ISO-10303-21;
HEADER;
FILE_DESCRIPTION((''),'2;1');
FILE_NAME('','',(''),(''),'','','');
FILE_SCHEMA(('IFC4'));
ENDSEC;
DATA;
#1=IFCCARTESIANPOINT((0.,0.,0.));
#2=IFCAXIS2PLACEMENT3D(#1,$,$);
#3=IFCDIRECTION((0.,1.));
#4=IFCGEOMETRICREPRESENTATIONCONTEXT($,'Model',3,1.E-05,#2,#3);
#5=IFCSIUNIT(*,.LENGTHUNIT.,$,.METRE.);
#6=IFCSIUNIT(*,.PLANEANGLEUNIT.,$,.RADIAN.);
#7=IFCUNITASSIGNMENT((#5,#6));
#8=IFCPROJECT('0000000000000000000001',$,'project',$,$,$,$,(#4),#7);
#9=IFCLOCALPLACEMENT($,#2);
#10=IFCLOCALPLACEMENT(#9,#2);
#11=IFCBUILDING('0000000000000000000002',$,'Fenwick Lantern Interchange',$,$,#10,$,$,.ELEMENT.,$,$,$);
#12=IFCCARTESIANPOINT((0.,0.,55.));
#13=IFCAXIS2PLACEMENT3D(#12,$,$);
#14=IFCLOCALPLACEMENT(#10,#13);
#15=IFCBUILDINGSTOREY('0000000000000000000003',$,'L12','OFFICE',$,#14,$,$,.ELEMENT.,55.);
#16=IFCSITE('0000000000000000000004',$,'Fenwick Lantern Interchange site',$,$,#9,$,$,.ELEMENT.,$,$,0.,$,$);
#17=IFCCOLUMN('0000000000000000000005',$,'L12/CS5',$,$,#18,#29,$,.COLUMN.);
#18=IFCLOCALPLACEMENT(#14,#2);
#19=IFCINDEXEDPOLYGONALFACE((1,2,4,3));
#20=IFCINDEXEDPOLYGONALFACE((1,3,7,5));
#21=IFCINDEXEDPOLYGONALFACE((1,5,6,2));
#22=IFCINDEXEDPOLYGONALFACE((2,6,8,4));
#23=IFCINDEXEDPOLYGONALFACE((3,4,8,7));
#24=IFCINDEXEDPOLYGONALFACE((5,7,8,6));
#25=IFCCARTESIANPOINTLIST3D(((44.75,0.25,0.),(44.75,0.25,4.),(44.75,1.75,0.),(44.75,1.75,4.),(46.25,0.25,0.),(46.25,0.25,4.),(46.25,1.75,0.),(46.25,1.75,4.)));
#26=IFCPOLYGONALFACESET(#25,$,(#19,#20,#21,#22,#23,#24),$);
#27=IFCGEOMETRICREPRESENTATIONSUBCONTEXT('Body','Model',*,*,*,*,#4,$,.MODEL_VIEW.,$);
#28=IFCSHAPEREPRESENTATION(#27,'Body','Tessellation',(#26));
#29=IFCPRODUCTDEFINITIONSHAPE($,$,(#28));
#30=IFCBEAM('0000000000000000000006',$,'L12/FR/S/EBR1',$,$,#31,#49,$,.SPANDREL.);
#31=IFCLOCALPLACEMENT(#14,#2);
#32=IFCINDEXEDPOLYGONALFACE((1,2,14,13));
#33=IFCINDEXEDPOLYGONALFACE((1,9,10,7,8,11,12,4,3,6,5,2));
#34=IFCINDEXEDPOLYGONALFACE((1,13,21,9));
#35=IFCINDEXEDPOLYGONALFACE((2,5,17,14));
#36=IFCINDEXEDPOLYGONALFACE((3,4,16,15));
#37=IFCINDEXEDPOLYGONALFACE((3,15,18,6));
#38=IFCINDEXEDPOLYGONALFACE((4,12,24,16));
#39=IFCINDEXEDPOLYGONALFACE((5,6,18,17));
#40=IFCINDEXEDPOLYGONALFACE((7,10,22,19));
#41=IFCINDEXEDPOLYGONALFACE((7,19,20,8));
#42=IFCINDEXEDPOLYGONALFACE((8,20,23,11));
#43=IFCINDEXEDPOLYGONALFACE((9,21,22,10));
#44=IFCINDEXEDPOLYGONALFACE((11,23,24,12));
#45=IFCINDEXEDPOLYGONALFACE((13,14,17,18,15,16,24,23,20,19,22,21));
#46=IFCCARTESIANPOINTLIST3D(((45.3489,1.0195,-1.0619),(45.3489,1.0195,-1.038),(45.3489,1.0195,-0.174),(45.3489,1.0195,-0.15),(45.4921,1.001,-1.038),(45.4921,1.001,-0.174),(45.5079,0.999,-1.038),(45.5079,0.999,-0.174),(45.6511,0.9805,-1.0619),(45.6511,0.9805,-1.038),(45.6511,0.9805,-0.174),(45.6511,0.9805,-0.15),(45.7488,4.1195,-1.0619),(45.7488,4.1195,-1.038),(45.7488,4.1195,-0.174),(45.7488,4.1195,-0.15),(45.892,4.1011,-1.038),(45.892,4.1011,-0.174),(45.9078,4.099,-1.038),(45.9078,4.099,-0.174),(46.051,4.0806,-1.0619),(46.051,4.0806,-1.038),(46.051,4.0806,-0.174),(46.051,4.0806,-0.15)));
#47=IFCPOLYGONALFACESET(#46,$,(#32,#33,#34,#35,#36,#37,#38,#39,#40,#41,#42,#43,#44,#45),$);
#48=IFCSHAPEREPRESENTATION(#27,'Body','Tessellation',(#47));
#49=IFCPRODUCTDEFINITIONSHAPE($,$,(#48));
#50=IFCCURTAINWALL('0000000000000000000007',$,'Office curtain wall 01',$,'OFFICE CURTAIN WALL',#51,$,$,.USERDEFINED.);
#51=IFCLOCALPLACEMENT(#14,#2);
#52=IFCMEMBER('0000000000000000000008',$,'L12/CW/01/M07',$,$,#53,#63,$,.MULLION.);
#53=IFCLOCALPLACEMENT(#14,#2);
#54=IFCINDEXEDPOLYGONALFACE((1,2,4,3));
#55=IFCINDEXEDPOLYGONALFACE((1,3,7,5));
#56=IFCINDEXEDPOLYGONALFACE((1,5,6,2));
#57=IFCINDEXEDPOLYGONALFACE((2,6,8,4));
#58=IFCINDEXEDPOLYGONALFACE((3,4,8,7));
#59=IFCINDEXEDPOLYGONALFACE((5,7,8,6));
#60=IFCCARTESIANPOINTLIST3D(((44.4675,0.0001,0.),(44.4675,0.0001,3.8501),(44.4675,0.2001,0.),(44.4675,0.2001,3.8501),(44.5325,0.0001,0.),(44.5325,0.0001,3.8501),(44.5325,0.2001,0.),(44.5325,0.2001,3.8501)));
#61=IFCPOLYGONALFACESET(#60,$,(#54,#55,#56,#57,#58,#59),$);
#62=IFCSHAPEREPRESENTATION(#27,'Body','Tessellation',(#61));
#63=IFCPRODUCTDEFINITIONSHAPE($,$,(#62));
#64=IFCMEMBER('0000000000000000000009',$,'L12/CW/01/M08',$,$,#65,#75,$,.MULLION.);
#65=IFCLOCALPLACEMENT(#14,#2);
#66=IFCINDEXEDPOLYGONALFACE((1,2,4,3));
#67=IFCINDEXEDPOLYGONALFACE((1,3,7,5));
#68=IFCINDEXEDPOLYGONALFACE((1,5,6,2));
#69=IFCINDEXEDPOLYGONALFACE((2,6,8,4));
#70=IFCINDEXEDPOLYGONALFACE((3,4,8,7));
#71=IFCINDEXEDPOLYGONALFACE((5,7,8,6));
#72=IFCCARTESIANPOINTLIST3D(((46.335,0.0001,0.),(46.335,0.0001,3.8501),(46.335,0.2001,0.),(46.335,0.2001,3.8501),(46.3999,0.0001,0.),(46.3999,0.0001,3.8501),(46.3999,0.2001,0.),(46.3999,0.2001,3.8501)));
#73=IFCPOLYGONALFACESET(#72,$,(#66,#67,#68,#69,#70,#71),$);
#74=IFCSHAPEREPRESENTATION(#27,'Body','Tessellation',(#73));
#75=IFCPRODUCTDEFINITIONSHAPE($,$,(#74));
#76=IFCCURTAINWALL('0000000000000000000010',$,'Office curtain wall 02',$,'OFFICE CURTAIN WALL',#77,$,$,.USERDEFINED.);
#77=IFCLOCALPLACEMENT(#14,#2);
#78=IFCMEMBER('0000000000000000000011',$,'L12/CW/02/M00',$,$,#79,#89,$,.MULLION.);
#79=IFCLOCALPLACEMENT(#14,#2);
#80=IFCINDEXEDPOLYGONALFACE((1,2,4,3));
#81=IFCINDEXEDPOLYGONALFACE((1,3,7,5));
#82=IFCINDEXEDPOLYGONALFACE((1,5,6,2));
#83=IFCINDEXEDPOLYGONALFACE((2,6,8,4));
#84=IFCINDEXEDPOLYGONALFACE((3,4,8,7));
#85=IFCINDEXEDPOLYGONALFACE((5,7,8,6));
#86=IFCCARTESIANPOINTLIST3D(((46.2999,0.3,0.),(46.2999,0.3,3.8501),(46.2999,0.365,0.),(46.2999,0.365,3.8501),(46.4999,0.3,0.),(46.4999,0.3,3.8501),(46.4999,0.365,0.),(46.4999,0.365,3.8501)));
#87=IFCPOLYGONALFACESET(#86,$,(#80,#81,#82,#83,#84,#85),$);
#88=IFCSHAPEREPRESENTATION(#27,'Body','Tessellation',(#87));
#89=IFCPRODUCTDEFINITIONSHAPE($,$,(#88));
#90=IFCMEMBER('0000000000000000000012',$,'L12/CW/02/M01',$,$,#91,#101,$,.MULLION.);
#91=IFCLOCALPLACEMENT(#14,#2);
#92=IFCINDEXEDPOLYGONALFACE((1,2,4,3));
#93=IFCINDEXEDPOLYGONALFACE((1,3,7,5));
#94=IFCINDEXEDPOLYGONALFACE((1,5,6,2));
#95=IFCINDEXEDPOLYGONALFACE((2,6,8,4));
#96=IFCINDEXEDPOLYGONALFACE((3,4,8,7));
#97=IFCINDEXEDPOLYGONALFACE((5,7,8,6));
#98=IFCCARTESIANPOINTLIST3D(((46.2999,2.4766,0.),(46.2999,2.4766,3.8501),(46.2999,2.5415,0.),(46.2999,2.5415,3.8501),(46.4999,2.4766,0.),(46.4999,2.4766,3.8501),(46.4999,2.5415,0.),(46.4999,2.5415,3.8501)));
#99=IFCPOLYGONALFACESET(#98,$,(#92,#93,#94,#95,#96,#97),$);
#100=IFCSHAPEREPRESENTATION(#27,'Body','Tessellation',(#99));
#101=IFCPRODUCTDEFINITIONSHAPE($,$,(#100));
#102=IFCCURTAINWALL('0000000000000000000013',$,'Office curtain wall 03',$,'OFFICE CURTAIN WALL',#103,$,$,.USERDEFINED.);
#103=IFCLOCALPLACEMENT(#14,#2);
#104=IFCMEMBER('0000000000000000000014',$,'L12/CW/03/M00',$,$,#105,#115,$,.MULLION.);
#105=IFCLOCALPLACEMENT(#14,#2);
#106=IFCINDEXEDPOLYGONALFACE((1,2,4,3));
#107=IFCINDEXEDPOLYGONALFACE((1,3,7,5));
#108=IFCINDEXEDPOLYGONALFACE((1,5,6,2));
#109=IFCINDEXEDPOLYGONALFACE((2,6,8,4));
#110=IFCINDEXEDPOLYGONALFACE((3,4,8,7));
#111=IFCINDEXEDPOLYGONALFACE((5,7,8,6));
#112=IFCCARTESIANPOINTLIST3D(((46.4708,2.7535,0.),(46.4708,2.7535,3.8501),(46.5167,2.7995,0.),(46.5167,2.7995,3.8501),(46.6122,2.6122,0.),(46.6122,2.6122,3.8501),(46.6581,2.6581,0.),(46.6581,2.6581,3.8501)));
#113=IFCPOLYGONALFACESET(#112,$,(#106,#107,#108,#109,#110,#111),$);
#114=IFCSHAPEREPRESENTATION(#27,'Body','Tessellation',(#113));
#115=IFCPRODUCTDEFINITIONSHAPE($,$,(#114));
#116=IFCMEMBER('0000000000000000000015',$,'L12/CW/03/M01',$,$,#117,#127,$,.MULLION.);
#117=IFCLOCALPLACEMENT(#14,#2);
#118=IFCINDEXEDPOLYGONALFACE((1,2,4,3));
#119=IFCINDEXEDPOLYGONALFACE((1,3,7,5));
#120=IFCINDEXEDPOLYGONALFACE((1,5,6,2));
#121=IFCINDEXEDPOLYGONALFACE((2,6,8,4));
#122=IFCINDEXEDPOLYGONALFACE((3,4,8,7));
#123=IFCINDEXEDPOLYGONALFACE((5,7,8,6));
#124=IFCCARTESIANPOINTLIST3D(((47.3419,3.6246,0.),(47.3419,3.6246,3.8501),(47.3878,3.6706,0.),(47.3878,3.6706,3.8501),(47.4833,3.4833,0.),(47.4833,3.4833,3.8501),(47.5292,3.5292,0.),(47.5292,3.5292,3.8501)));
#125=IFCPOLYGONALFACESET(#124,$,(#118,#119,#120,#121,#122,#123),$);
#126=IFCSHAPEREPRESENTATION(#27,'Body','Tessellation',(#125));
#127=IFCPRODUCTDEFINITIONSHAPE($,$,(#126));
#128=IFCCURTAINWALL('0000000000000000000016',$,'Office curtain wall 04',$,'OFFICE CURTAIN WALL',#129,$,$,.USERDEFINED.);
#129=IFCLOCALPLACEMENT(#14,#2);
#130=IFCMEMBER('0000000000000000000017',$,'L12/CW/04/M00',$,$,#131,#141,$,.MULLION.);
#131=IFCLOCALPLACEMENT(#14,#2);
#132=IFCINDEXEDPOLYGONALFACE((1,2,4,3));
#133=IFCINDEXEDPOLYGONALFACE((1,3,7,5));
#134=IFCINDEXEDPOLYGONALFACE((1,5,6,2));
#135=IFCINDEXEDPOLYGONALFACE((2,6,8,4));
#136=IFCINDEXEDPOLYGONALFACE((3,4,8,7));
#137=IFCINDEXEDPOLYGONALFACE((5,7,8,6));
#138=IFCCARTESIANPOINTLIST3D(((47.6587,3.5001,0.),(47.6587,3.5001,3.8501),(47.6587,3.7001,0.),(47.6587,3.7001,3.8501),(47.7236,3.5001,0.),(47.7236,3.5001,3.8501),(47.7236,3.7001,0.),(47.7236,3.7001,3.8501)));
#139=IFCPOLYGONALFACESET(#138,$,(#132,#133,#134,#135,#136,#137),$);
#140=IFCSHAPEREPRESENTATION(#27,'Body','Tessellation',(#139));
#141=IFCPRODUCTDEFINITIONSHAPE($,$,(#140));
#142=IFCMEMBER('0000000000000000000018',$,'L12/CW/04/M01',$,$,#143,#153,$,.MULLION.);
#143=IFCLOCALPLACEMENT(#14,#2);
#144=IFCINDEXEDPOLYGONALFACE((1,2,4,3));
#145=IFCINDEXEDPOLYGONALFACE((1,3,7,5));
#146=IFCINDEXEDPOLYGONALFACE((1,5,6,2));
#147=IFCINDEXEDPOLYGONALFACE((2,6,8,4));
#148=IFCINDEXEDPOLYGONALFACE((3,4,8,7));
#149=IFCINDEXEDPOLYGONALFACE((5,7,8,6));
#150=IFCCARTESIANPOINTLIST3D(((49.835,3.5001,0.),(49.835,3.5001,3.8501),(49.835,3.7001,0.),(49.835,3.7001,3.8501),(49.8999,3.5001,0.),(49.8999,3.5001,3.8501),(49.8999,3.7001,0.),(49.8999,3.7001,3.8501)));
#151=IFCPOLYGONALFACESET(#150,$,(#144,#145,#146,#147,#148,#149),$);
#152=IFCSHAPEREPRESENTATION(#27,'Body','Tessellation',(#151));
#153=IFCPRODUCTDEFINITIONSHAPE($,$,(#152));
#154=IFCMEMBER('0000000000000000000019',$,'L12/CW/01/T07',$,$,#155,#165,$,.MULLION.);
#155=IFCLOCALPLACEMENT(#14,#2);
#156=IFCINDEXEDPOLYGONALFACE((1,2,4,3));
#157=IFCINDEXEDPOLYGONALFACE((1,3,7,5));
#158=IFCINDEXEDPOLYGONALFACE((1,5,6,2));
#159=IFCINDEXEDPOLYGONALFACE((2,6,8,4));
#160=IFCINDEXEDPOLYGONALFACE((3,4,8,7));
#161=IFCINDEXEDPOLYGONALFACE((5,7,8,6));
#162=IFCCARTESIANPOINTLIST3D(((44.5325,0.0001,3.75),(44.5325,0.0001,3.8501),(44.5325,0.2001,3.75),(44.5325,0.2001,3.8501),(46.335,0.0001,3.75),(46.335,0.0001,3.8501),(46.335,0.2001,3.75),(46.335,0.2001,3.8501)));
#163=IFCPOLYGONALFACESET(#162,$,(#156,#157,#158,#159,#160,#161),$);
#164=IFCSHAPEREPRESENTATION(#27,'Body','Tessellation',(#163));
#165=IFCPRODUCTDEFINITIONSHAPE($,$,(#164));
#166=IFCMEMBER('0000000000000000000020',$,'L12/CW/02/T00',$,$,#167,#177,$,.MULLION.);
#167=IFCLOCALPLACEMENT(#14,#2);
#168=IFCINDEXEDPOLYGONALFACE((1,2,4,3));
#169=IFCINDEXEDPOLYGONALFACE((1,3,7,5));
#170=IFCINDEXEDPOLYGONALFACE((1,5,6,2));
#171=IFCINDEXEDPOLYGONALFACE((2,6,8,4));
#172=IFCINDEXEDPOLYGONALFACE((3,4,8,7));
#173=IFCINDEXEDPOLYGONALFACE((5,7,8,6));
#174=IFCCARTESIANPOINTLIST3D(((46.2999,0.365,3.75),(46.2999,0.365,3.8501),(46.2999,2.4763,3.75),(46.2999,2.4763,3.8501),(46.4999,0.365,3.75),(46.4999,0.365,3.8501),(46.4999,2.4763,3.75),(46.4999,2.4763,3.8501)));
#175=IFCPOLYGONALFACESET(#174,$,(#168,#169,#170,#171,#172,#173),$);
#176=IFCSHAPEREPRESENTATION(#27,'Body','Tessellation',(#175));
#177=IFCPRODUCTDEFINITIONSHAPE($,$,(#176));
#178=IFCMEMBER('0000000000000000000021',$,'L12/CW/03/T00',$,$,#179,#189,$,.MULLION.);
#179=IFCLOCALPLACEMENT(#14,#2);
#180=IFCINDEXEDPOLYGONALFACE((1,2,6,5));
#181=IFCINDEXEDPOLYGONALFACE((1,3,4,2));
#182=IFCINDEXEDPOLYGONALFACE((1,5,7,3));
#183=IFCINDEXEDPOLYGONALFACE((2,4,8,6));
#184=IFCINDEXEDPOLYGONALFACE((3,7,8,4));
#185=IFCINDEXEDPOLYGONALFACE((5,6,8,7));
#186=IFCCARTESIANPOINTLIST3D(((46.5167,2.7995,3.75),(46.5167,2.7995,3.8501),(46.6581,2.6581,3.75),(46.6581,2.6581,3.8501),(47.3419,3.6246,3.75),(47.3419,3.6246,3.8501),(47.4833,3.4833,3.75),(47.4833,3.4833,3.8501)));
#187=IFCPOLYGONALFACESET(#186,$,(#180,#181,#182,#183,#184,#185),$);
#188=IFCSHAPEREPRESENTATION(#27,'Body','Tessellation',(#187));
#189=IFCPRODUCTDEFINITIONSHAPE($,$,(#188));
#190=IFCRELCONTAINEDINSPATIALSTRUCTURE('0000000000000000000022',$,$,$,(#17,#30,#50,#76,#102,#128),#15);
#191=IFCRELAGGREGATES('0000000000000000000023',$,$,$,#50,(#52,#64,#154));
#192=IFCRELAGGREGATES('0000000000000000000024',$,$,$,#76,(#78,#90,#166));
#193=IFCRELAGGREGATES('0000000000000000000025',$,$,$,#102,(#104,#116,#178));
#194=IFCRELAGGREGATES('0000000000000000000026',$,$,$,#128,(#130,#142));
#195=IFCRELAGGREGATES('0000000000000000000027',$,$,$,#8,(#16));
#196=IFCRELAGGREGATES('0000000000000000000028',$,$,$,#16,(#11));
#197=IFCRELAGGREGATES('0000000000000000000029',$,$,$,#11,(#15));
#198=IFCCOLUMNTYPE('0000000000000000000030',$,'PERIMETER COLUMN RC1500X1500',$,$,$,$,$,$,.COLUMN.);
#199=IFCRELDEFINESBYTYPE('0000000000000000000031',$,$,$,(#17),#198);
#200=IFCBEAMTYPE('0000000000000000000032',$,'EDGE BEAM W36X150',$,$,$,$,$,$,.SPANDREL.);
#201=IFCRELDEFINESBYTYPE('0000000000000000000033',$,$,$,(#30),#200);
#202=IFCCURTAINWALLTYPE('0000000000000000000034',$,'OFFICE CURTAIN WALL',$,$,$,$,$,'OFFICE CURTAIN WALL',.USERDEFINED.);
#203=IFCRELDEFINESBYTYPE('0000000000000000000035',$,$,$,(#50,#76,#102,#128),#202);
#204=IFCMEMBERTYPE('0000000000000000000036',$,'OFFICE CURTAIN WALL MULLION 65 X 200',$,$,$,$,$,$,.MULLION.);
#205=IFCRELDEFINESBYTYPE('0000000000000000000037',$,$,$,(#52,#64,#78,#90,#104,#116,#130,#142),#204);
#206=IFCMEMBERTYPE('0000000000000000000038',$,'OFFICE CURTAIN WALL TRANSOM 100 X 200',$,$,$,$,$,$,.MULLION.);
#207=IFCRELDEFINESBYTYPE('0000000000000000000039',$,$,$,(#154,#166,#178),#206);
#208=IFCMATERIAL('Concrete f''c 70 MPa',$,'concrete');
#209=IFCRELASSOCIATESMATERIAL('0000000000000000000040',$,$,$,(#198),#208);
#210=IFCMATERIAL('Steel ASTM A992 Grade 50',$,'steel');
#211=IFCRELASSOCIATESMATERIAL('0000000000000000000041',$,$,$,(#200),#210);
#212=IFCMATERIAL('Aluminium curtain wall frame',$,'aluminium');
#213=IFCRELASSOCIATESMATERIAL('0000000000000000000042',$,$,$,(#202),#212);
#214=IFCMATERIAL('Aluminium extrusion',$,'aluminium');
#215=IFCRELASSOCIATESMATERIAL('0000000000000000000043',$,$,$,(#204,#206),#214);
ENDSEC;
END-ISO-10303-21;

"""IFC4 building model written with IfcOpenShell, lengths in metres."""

from ifc_helpers import new_model, si_unit, direction, frame, origin, origin_2d, place, context, subcontext, project, spatial, rectangle, i_section, extrude, material, material_profile, profile_set, type_object, element, aggregate, save


model = new_model("IFC4")

# Units and contexts
model_context = context("Model", 3, precision=1e-05, world=origin(), true_north=direction((0.0, 1.0)))
body_context = subcontext(model_context, "Body", "Model", "MODEL_VIEW")
ifc_project = project(units=[si_unit("LENGTHUNIT", "METRE"), si_unit("PLANEANGLEUNIT", "RADIAN")], contexts=[model_context])

# Site, building, storey
site_placement = place(None, origin())
site = spatial("IfcSite", under=ifc_project, at=site_placement, Name="Fenwick Lantern Interchange site", CompositionType="ELEMENT", RefElevation=0.0)
building_placement = place(site_placement, origin())
building = spatial("IfcBuilding", under=site, at=building_placement, Name="Fenwick Lantern Interchange", CompositionType="ELEMENT")
storey_placement = place(building_placement, frame((0.0, 0.0, 55.0)))
storey = spatial("IfcBuildingStorey", under=building, at=storey_placement, Name="L12", Description="OFFICE", CompositionType="ELEMENT", Elevation=55.0)

# Column
ifc_material_1 = material(Name="Concrete f'c 70 MPa", Category="concrete")
ifc_material_profile_1 = material_profile(ifc_material_1, rectangle(XDim=1.5, YDim=1.5, at=origin_2d()), Name="RC1500X1500")
ifc_profile_set_1 = profile_set([ifc_material_profile_1], Name="Concrete f'c 70 MPa")
column_type = type_object("IfcColumnType", Name="PERIMETER COLUMN RC1500X1500", PredefinedType="COLUMN", material=ifc_profile_set_1)
column_placement = place(storey_placement, frame((45.5, 1.0, 0.0), z_axis=(0.0, 0.0, 1.0), x_axis=(1.0, 0.0, 0.0)))
element("IfcColumn", 1, at=column_placement, inside=storey, type_object=column_type, Name="L12/CS5", PredefinedType="COLUMN", context=body_context, shape_type="SweptSolid", body=[
    extrude(rectangle(XDim=1.5, YDim=1.5, at=origin_2d()), origin(), (0.0, 0.0, 1.0), 4.0),
])

# Beam
ifc_material_2 = material(Name="Steel ASTM A992 Grade 50", Category="steel")
ifc_material_profile_2 = material_profile(ifc_material_2, i_section(OverallWidth=0.3047, OverallDepth=0.9119, WebThickness=0.0159, FlangeThickness=0.0239, at=origin_2d()), Name="W36X150")
ifc_profile_set_2 = profile_set([ifc_material_profile_2], Name="Steel ASTM A992 Grade 50")
beam_type = type_object("IfcBeamType", Name="EDGE BEAM W36X150", PredefinedType="SPANDREL", material=ifc_profile_set_2)
beam_placement = place(storey_placement, frame((45.5, 1.0, -0.606), z_axis=(0.127937, 0.991782, 0.0), x_axis=(-0.991782, 0.127937, 0.0)))
element("IfcBeam", 2, at=beam_placement, inside=storey, type_object=beam_type, Name="L12/FR/S/EBR1", PredefinedType="SPANDREL", context=body_context, shape_type="SweptSolid", body=[
    extrude(i_section(OverallWidth=0.3047, OverallDepth=0.9119, WebThickness=0.0159, FlangeThickness=0.0239, at=origin_2d()), origin(), (0.0, 0.0, 1.0), 3.1257),
])

# Curtain walls, members
ifc_material_3 = material(Name="Aluminium curtain wall frame", Category="aluminium")
curtain_wall_type = type_object("IfcCurtainWallType", Name="OFFICE CURTAIN WALL", ElementType="OFFICE CURTAIN WALL", PredefinedType="USERDEFINED", material=ifc_material_3)
curtain_wall_1_placement = place(storey_placement, origin())
curtain_wall_1 = element("IfcCurtainWall", 3, at=curtain_wall_1_placement, inside=storey, type_object=curtain_wall_type, Name="Office curtain wall 01", ObjectType="OFFICE CURTAIN WALL", PredefinedType="USERDEFINED")
ifc_material_4 = material(Name="Aluminium extrusion", Category="aluminium")
ifc_material_profile_3 = material_profile(ifc_material_4, rectangle(XDim=0.2, YDim=0.0649, at=origin_2d()), Name="OFFICE CURTAIN WALL MULLION 65 X 200")
ifc_profile_set_3 = profile_set([ifc_material_profile_3], Name="Aluminium extrusion")
member_type_1 = type_object("IfcMemberType", Name="OFFICE CURTAIN WALL MULLION 65 X 200", PredefinedType="MULLION", material=ifc_profile_set_3)
member_1_placement = place(storey_placement, frame((44.5, 0.1001, 0.0), z_axis=(0.0, 0.0, 1.0), x_axis=(0.0, 1.0, 0.0)))
member_1 = element("IfcMember", 4, at=member_1_placement, type_object=member_type_1, Name="L12/CW/01/M07", PredefinedType="MULLION", context=body_context, shape_type="SweptSolid", body=[
    extrude(rectangle(XDim=0.2, YDim=0.0649, at=origin_2d()), origin(), (0.0, 0.0, 1.0), 3.8501),
])
member_2_placement = place(storey_placement, frame((46.3674, 0.1001, 0.0), z_axis=(0.0, 0.0, 1.0), x_axis=(0.0, 1.0, 0.0)))
member_2 = element("IfcMember", 5, at=member_2_placement, type_object=member_type_1, Name="L12/CW/01/M08", PredefinedType="MULLION", context=body_context, shape_type="SweptSolid", body=[
    extrude(rectangle(XDim=0.2, YDim=0.0649, at=origin_2d()), origin(), (0.0, 0.0, 1.0), 3.8501),
])
curtain_wall_2_placement = place(storey_placement, origin())
curtain_wall_2 = element("IfcCurtainWall", 6, at=curtain_wall_2_placement, inside=storey, type_object=curtain_wall_type, Name="Office curtain wall 02", ObjectType="OFFICE CURTAIN WALL", PredefinedType="USERDEFINED")
member_3_placement = place(storey_placement, frame((46.3999, 0.3325, 0.0), z_axis=(0.0, 0.0, 1.0), x_axis=(-1.0, 0.0, 0.0)))
member_3 = element("IfcMember", 7, at=member_3_placement, type_object=member_type_1, Name="L12/CW/02/M00", PredefinedType="MULLION", context=body_context, shape_type="SweptSolid", body=[
    extrude(rectangle(XDim=0.2, YDim=0.0649, at=origin_2d()), origin(), (0.0, 0.0, 1.0), 3.8501),
])
member_4_placement = place(storey_placement, frame((46.3999, 2.509, 0.0), z_axis=(0.0, 0.0, 1.0), x_axis=(-1.0, 0.0, 0.0)))
member_4 = element("IfcMember", 8, at=member_4_placement, type_object=member_type_1, Name="L12/CW/02/M01", PredefinedType="MULLION", context=body_context, shape_type="SweptSolid", body=[
    extrude(rectangle(XDim=0.2, YDim=0.0649, at=origin_2d()), origin(), (0.0, 0.0, 1.0), 3.8501),
])
curtain_wall_3_placement = place(storey_placement, origin())
curtain_wall_3 = element("IfcCurtainWall", 9, at=curtain_wall_3_placement, inside=storey, type_object=curtain_wall_type, Name="Office curtain wall 03", ObjectType="OFFICE CURTAIN WALL", PredefinedType="USERDEFINED")
member_5_placement = place(storey_placement, frame((46.5645, 2.7058, 0.0), z_axis=(0.0, 0.0, 1.0), x_axis=(-0.707107, 0.707107, 0.0)))
member_5 = element("IfcMember", 10, at=member_5_placement, type_object=member_type_1, Name="L12/CW/03/M00", PredefinedType="MULLION", context=body_context, shape_type="SweptSolid", body=[
    extrude(rectangle(XDim=0.2, YDim=0.0649, at=origin_2d()), origin(), (0.0, 0.0, 1.0), 3.8501),
])
member_6_placement = place(storey_placement, frame((47.4355, 3.5769, 0.0), z_axis=(0.0, 0.0, 1.0), x_axis=(-0.707107, 0.707107, 0.0)))
member_6 = element("IfcMember", 11, at=member_6_placement, type_object=member_type_1, Name="L12/CW/03/M01", PredefinedType="MULLION", context=body_context, shape_type="SweptSolid", body=[
    extrude(rectangle(XDim=0.2, YDim=0.0649, at=origin_2d()), origin(), (0.0, 0.0, 1.0), 3.8501),
])
curtain_wall_4_placement = place(storey_placement, origin())
curtain_wall_4 = element("IfcCurtainWall", 12, at=curtain_wall_4_placement, inside=storey, type_object=curtain_wall_type, Name="Office curtain wall 04", ObjectType="OFFICE CURTAIN WALL", PredefinedType="USERDEFINED")
member_7_placement = place(storey_placement, frame((47.6912, 3.6001, 0.0), z_axis=(0.0, 0.0, 1.0), x_axis=(0.0, 1.0, 0.0)))
member_7 = element("IfcMember", 13, at=member_7_placement, type_object=member_type_1, Name="L12/CW/04/M00", PredefinedType="MULLION", context=body_context, shape_type="SweptSolid", body=[
    extrude(rectangle(XDim=0.2, YDim=0.0649, at=origin_2d()), origin(), (0.0, 0.0, 1.0), 3.8501),
])
member_8_placement = place(storey_placement, frame((49.8674, 3.6001, 0.0), z_axis=(0.0, 0.0, 1.0), x_axis=(0.0, 1.0, 0.0)))
member_8 = element("IfcMember", 14, at=member_8_placement, type_object=member_type_1, Name="L12/CW/04/M01", PredefinedType="MULLION", context=body_context, shape_type="SweptSolid", body=[
    extrude(rectangle(XDim=0.2, YDim=0.0649, at=origin_2d()), origin(), (0.0, 0.0, 1.0), 3.8501),
])

# Members
ifc_material_profile_4 = material_profile(ifc_material_4, rectangle(XDim=0.2, YDim=0.1001, at=origin_2d()), Name="OFFICE CURTAIN WALL TRANSOM 100 X 200")
ifc_profile_set_4 = profile_set([ifc_material_profile_4], Name="Aluminium extrusion")
member_type_2 = type_object("IfcMemberType", Name="OFFICE CURTAIN WALL TRANSOM 100 X 200", PredefinedType="MULLION", material=ifc_profile_set_4)
member_9_placement = place(storey_placement, frame((44.5325, 0.1001, 3.8), z_axis=(1.0, 0.0, 0.0), x_axis=(0.0, 1.0, 0.0)))
member_9 = element("IfcMember", 15, at=member_9_placement, type_object=member_type_2, Name="L12/CW/01/T07", PredefinedType="MULLION", context=body_context, shape_type="SweptSolid", body=[
    extrude(rectangle(XDim=0.2, YDim=0.1001, at=origin_2d()), origin(), (0.0, 0.0, 1.0), 1.8025),
])
member_10_placement = place(storey_placement, frame((46.3999, 0.365, 3.8), z_axis=(0.0, 1.0, 0.0), x_axis=(-1.0, 0.0, 0.0)))
member_10 = element("IfcMember", 16, at=member_10_placement, type_object=member_type_2, Name="L12/CW/02/T00", PredefinedType="MULLION", context=body_context, shape_type="SweptSolid", body=[
    extrude(rectangle(XDim=0.2, YDim=0.1001, at=origin_2d()), origin(), (0.0, 0.0, 1.0), 2.1113),
])
member_11_placement = place(storey_placement, frame((46.5874, 2.7288, 3.8), z_axis=(0.707107, 0.707107, 0.0), x_axis=(-0.707107, 0.707107, 0.0)))
member_11 = element("IfcMember", 17, at=member_11_placement, type_object=member_type_2, Name="L12/CW/03/T00", PredefinedType="MULLION", context=body_context, shape_type="SweptSolid", body=[
    extrude(rectangle(XDim=0.2, YDim=0.1001, at=origin_2d()), origin(), (0.0, 0.0, 1.0), 1.167),
])

aggregate(curtain_wall_1, [member_1, member_2, member_9])
aggregate(curtain_wall_2, [member_3, member_4, member_10])
aggregate(curtain_wall_3, [member_5, member_6, member_11])
aggregate(curtain_wall_4, [member_7, member_8])

save(model, "model.ifc")
